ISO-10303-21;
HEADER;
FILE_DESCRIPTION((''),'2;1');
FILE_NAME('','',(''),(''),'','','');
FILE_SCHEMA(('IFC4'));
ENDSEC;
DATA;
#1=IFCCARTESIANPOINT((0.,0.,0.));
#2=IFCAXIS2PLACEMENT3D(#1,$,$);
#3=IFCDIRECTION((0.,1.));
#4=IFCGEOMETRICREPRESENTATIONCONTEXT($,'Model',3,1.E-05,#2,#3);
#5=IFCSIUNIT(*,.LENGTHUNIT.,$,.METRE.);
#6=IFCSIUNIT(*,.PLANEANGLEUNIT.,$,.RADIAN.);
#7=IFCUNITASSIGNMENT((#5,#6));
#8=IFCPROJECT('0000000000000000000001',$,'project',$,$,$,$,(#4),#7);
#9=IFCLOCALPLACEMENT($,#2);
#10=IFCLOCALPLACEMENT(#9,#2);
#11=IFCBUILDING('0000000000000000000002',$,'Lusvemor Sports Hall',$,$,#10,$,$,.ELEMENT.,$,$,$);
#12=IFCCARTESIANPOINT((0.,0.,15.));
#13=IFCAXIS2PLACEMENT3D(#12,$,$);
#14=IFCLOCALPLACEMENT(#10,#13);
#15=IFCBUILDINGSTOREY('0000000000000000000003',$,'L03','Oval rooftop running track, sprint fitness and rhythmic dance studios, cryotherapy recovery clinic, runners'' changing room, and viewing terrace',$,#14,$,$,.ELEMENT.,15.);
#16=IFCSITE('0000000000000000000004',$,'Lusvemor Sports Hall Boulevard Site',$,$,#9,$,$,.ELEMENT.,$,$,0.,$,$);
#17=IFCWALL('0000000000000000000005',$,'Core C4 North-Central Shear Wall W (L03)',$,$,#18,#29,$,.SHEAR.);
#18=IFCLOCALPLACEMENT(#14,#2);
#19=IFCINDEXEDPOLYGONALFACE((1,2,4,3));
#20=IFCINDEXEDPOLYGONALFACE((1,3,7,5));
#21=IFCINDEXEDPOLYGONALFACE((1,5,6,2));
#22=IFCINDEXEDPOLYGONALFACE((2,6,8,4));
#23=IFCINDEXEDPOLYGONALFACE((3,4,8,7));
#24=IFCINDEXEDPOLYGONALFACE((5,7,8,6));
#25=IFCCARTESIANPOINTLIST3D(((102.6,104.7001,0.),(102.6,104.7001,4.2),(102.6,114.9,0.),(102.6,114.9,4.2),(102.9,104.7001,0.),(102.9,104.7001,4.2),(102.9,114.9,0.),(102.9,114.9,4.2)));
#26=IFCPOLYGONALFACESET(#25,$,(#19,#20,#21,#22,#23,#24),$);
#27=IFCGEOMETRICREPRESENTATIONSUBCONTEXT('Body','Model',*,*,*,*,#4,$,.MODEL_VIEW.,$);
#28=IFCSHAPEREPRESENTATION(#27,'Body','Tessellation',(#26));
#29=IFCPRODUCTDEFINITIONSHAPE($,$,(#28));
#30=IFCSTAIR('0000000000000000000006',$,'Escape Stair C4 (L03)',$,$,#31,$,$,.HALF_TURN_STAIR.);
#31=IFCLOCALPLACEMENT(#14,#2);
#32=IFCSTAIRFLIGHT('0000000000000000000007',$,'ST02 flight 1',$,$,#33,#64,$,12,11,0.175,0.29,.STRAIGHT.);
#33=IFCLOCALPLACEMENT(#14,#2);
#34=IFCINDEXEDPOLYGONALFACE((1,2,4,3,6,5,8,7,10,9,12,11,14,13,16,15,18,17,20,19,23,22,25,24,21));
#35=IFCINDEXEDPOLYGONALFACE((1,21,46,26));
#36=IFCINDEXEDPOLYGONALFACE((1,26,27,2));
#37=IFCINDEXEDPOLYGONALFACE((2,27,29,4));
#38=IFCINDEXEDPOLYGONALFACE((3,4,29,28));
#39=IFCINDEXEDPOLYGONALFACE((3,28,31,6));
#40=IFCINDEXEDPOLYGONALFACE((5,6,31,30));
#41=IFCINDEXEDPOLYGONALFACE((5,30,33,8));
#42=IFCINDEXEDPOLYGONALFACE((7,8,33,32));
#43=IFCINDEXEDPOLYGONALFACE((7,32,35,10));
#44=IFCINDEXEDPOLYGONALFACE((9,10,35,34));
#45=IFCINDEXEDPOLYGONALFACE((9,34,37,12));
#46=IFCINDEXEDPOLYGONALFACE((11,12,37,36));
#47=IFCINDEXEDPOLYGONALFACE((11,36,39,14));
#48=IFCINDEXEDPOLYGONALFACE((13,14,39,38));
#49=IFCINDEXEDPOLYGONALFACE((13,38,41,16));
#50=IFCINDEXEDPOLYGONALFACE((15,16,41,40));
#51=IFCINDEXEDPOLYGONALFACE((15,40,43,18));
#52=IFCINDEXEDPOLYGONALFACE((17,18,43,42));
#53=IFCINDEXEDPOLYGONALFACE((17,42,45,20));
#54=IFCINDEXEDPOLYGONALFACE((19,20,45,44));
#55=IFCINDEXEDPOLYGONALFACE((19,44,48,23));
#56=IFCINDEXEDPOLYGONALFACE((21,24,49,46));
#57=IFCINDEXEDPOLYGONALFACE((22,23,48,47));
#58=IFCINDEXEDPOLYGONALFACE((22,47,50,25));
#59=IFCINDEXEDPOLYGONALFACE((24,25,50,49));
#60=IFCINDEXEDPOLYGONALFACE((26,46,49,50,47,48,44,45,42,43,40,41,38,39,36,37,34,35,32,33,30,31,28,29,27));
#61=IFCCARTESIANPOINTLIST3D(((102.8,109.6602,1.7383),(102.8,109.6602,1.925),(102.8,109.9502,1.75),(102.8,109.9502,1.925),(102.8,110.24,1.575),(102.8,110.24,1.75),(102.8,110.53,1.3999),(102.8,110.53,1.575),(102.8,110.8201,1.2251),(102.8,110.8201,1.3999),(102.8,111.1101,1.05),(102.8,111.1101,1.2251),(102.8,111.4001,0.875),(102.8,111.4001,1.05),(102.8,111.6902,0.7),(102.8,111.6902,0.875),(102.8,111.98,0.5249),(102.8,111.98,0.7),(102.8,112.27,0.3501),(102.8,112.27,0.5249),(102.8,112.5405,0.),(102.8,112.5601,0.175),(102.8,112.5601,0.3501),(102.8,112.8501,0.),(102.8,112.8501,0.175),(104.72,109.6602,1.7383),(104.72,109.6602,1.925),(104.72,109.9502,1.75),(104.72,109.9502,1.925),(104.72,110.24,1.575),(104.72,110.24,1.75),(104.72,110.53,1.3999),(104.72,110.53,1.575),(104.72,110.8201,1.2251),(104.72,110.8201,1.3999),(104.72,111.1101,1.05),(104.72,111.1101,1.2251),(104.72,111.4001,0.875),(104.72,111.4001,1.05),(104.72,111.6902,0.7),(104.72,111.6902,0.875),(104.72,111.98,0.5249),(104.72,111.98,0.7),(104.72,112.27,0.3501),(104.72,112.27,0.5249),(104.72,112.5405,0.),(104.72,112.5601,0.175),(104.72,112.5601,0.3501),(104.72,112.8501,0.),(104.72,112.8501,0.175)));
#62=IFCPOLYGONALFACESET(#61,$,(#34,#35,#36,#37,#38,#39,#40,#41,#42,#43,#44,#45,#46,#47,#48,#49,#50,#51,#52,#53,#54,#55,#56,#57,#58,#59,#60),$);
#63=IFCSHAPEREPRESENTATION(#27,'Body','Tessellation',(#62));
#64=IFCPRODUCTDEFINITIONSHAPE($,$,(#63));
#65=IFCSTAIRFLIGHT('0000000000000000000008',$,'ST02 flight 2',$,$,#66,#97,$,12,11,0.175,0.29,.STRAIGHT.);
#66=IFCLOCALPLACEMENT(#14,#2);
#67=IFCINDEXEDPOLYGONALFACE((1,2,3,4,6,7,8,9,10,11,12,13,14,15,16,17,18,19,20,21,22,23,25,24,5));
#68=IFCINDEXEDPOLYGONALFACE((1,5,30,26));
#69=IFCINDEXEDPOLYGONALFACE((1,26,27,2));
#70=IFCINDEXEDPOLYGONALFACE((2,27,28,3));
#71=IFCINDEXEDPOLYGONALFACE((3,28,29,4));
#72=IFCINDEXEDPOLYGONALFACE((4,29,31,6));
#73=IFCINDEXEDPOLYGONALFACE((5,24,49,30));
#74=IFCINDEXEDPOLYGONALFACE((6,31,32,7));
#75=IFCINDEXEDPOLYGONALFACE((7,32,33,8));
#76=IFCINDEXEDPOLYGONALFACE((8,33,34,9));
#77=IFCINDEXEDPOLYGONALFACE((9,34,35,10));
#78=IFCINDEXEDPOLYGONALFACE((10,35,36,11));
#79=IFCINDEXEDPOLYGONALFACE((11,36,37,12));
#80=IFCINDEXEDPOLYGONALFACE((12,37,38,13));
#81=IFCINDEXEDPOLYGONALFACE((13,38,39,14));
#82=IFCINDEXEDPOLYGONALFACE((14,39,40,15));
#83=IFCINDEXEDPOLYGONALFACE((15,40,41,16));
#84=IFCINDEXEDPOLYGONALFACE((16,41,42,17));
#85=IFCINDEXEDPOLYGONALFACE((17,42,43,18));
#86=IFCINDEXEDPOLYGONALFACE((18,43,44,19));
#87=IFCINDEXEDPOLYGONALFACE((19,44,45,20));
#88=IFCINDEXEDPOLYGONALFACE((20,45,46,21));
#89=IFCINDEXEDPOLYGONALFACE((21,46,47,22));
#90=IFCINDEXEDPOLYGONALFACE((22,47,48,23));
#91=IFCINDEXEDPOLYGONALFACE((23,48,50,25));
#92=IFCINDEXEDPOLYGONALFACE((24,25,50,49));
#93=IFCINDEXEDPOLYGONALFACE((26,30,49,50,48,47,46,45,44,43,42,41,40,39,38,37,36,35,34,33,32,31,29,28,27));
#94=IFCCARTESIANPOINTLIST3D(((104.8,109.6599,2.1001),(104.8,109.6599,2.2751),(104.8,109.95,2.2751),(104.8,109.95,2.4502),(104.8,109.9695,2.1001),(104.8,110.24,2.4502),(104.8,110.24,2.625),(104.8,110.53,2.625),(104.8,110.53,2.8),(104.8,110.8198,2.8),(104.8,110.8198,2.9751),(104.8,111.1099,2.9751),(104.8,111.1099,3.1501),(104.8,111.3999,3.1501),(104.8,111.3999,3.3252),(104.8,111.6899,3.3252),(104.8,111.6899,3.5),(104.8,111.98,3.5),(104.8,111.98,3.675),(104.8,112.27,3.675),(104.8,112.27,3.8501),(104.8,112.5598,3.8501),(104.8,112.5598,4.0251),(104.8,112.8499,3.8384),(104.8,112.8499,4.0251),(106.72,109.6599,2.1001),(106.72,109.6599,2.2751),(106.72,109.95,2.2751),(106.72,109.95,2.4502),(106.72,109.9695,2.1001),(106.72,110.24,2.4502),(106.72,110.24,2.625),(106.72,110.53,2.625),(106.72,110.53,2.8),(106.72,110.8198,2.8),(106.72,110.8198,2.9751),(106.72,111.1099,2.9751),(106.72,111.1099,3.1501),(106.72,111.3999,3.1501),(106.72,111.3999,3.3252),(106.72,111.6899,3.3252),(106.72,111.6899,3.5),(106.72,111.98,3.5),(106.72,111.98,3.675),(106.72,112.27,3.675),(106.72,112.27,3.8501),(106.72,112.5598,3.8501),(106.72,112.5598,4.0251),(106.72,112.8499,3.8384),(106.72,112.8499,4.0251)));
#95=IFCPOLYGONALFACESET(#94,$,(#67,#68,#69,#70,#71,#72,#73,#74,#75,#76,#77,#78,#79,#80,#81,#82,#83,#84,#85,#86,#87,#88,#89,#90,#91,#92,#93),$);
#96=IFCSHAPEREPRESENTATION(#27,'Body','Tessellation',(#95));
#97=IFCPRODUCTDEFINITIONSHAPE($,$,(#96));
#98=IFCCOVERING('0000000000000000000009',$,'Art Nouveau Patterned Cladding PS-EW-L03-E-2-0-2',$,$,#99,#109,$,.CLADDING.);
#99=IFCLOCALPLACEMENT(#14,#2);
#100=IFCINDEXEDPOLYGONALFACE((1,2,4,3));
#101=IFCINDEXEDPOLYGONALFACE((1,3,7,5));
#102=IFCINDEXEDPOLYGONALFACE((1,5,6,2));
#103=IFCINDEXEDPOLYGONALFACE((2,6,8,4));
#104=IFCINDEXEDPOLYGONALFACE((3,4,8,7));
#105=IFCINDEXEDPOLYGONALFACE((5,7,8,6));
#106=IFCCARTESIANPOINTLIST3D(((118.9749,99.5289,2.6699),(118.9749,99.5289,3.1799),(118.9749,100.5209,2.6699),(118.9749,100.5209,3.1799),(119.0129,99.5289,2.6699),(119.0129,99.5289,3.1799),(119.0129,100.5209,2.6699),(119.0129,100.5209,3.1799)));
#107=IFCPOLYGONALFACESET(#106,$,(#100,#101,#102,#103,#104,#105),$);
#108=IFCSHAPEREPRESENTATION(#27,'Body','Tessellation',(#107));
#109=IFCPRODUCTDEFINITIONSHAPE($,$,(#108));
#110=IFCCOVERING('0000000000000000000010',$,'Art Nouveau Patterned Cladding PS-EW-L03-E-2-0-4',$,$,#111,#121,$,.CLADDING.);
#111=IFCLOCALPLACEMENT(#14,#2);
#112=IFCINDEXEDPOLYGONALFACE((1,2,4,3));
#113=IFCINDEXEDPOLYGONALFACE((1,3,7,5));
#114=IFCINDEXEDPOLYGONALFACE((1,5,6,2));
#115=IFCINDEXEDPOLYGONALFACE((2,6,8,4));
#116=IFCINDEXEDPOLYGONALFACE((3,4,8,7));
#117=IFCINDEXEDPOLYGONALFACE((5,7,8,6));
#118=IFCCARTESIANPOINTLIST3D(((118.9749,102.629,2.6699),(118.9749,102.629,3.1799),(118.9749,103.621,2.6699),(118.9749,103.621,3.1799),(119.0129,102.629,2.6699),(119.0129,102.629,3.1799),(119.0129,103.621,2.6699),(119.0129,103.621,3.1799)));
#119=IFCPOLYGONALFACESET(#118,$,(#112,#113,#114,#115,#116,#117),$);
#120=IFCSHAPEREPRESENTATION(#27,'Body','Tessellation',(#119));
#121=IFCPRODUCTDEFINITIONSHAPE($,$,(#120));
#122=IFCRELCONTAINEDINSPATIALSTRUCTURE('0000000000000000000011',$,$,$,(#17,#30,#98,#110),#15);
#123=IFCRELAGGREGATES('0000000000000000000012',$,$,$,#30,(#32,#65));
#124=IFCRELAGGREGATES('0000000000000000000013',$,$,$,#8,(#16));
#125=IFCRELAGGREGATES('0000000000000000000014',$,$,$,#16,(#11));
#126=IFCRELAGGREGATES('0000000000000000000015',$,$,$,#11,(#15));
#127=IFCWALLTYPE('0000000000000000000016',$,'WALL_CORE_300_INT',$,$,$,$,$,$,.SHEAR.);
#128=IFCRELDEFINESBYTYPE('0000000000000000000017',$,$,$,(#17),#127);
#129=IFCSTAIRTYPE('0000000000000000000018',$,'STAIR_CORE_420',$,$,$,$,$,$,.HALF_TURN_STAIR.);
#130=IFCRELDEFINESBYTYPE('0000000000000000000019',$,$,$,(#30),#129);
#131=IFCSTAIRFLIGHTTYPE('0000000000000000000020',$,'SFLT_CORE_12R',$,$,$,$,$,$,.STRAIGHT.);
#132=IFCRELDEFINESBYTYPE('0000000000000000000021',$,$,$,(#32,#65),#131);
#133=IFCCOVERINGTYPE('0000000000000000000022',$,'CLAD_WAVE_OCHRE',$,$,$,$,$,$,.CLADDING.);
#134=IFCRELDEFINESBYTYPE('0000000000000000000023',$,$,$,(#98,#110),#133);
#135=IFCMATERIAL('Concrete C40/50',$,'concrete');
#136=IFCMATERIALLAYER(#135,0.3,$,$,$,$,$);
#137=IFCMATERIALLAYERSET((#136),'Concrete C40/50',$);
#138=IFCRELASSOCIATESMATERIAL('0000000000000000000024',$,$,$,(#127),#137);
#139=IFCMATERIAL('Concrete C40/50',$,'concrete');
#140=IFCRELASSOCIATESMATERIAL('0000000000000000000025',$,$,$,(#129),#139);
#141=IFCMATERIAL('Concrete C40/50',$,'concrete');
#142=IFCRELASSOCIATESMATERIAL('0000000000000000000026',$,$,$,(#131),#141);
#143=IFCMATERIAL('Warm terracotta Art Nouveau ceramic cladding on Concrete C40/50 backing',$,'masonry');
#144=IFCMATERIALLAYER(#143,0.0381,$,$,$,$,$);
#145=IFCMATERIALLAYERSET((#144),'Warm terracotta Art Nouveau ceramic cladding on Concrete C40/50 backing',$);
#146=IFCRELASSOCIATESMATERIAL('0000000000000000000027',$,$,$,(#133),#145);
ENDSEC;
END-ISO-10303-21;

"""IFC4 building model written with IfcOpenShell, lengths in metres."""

from ifc_helpers import new_model, si_unit, direction, frame, frame_2d, origin, origin_2d, place, context, subcontext, project, spatial, polyline, rectangle, outline, extrude, material, layer, layer_set, type_object, element, aggregate, save


model = new_model("IFC4")

# Units and contexts
model_context = context("Model", 3, precision=1e-05, world=origin(), true_north=direction((0.0, 1.0)))
body_context = subcontext(model_context, "Body", "Model", "MODEL_VIEW")
ifc_project = project(units=[si_unit("LENGTHUNIT", "METRE"), si_unit("PLANEANGLEUNIT", "RADIAN")], contexts=[model_context])

# Site, building, storey
site_placement = place(None, origin())
site = spatial("IfcSite", under=ifc_project, at=site_placement, Name="Lusvemor Sports Hall Boulevard Site", CompositionType="ELEMENT", RefElevation=0.0)
building_placement = place(site_placement, origin())
building = spatial("IfcBuilding", under=site, at=building_placement, Name="Lusvemor Sports Hall", CompositionType="ELEMENT")
storey_placement = place(building_placement, frame((0.0, 0.0, 15.0)))
storey = spatial("IfcBuildingStorey", under=building, at=storey_placement, Name="L03", Description="Oval rooftop running track, sprint fitness and rhythmic dance studios, cryotherapy recovery clinic, runners' changing room, and viewing terrace", CompositionType="ELEMENT", Elevation=15.0)

# Wall
ifc_material_1 = material(Name="Concrete C40/50", Category="concrete")
ifc_layer_1 = layer(ifc_material_1, 0.3)
ifc_layer_set_1 = layer_set([ifc_layer_1], Name="Concrete C40/50")
wall_type_1 = type_object("IfcWallType", Name="WALL_CORE_300_INT", PredefinedType="SHEAR", material=ifc_layer_set_1)
wall_1_placement = place(storey_placement, frame((102.75, 104.7, 0.0), z_axis=(0.0, 0.0, 1.0), x_axis=(0.0, 1.0, 0.0)))
element("IfcWall", 1, at=wall_1_placement, inside=storey, type_object=wall_type_1, Name="Core C4 North-Central Shear Wall W (L03)", PredefinedType="SHEAR", context=body_context, shape_type="SweptSolid", body=[
    extrude(rectangle(XDim=10.2, YDim=0.3, at=frame_2d((5.1001, 0.0))), origin(), (0.0, 0.0, 1.0), 4.2),
])

# Stair, stair flights
ifc_material_2 = material(Name="Concrete C40/50", Category="concrete")
stair_type = type_object("IfcStairType", Name="STAIR_CORE_420", PredefinedType="HALF_TURN_STAIR", material=ifc_material_2)
stair_placement = place(storey_placement, origin())
stair = element("IfcStair", 2, at=stair_placement, inside=storey, type_object=stair_type, Name="Escape Stair C4 (L03)", PredefinedType="HALF_TURN_STAIR")
ifc_material_3 = material(Name="Concrete C40/50", Category="concrete")
stair_flight_type = type_object("IfcStairFlightType", Name="SFLT_CORE_12R", PredefinedType="STRAIGHT", material=ifc_material_3)
stair_flight_1_placement = place(storey_placement, frame((103.76, 112.8501, 0.0), z_axis=(0.0, 0.0, 1.0), x_axis=(0.0, -1.0, 0.0)))
stair_flight_1 = element("IfcStairFlight", 3, at=stair_flight_1_placement, type_object=stair_flight_type, Name="ST02 flight 1", NumberOfRisers=12, NumberOfTreads=11, PredefinedType="STRAIGHT", RiserHeight=0.175, TreadLength=0.29, context=body_context, shape_type="SweptSolid", body=[
    extrude(outline(polyline([(0.0, 0.0), (0.0, 0.175), (0.29, 0.175), (0.29, 0.3501), (0.5801, 0.3501), (0.5801, 0.5249), (0.8701, 0.5249), (0.8701, 0.7), (1.1599, 0.7), (1.1599, 0.875), (1.45, 0.875), (1.45, 1.05), (1.74, 1.05), (1.74, 1.2251), (2.03, 1.2251), (2.03, 1.3999), (2.3201, 1.3999), (2.3201, 1.575), (2.6101, 1.575), (2.6101, 1.75), (2.8999, 1.75), (2.8999, 1.925), (3.1899, 1.925), (3.1899, 2.1001), (3.1899, 1.7383), (0.3096, 0.0), (0.0, 0.0)])), frame((0.0, 0.96, 0.0), z_axis=(0.0, -1.0, 0.0), x_axis=(1.0, 0.0, 0.0)), (0.0, 0.0, 1.0), 1.9199),
])
stair_flight_2_placement = place(storey_placement, frame((105.76, 109.6599, 2.1001), z_axis=(0.0, 0.0, 1.0), x_axis=(0.0, 1.0, 0.0)))
stair_flight_2 = element("IfcStairFlight", 4, at=stair_flight_2_placement, type_object=stair_flight_type, Name="ST02 flight 2", NumberOfRisers=12, NumberOfTreads=11, PredefinedType="STRAIGHT", RiserHeight=0.175, TreadLength=0.29, context=body_context, shape_type="SweptSolid", body=[
    extrude(outline(polyline([(0.0, 0.0), (0.0, 0.175), (0.29, 0.175), (0.29, 0.3501), (0.5801, 0.3501), (0.5801, 0.5249), (0.8701, 0.5249), (0.8701, 0.7), (1.1599, 0.7), (1.1599, 0.875), (1.45, 0.875), (1.45, 1.05), (1.74, 1.05), (1.74, 1.2251), (2.03, 1.2251), (2.03, 1.3999), (2.3201, 1.3999), (2.3201, 1.575), (2.6101, 1.575), (2.6101, 1.75), (2.8999, 1.75), (2.8999, 1.925), (3.1899, 1.925), (3.1899, 2.1001), (3.1899, 1.7383), (0.3096, 0.0), (0.0, 0.0)])), frame((0.0, 0.96, 0.0), z_axis=(0.0, -1.0, 0.0), x_axis=(1.0, 0.0, 0.0)), (0.0, 0.0, 1.0), 1.9199),
])
aggregate(stair, [stair_flight_1, stair_flight_2])

# Coverings
ifc_material_4 = material(Name="Warm terracotta Art Nouveau ceramic cladding on Concrete C40/50 backing", Category="masonry")
ifc_layer_2 = layer(ifc_material_4, 0.0381)
ifc_layer_set_2 = layer_set([ifc_layer_2], Name="Warm terracotta Art Nouveau ceramic cladding on Concrete C40/50 backing")
covering_type = type_object("IfcCoveringType", Name="CLAD_WAVE_OCHRE", PredefinedType="CLADDING", material=ifc_layer_set_2)
for number, where, z_axis, x_axis, name in (
    (5, (118.9939, 100.0249, 2.6699), (0.0, 0.0, 1.0), (1.0, 0.0, 0.0), "Art Nouveau Patterned Cladding PS-EW-L03-E-2-0-2"),
    (6, (118.9939, 103.125, 2.6699), (0.0, 0.0, 1.0), (1.0, 0.0, 0.0), "Art Nouveau Patterned Cladding PS-EW-L03-E-2-0-4"),
):
    element("IfcCovering", number, at=place(storey_placement, frame(where, z_axis=z_axis, x_axis=x_axis)), inside=storey, type_object=covering_type, Name=name, PredefinedType="CLADDING", context=body_context, shape_type="SweptSolid", body=[
        extrude(rectangle(XDim=0.0381, YDim=0.9919, at=origin_2d()), origin(), (0.0, 0.0, 1.0), 0.51),
    ])

save(model, "model.ifc")
